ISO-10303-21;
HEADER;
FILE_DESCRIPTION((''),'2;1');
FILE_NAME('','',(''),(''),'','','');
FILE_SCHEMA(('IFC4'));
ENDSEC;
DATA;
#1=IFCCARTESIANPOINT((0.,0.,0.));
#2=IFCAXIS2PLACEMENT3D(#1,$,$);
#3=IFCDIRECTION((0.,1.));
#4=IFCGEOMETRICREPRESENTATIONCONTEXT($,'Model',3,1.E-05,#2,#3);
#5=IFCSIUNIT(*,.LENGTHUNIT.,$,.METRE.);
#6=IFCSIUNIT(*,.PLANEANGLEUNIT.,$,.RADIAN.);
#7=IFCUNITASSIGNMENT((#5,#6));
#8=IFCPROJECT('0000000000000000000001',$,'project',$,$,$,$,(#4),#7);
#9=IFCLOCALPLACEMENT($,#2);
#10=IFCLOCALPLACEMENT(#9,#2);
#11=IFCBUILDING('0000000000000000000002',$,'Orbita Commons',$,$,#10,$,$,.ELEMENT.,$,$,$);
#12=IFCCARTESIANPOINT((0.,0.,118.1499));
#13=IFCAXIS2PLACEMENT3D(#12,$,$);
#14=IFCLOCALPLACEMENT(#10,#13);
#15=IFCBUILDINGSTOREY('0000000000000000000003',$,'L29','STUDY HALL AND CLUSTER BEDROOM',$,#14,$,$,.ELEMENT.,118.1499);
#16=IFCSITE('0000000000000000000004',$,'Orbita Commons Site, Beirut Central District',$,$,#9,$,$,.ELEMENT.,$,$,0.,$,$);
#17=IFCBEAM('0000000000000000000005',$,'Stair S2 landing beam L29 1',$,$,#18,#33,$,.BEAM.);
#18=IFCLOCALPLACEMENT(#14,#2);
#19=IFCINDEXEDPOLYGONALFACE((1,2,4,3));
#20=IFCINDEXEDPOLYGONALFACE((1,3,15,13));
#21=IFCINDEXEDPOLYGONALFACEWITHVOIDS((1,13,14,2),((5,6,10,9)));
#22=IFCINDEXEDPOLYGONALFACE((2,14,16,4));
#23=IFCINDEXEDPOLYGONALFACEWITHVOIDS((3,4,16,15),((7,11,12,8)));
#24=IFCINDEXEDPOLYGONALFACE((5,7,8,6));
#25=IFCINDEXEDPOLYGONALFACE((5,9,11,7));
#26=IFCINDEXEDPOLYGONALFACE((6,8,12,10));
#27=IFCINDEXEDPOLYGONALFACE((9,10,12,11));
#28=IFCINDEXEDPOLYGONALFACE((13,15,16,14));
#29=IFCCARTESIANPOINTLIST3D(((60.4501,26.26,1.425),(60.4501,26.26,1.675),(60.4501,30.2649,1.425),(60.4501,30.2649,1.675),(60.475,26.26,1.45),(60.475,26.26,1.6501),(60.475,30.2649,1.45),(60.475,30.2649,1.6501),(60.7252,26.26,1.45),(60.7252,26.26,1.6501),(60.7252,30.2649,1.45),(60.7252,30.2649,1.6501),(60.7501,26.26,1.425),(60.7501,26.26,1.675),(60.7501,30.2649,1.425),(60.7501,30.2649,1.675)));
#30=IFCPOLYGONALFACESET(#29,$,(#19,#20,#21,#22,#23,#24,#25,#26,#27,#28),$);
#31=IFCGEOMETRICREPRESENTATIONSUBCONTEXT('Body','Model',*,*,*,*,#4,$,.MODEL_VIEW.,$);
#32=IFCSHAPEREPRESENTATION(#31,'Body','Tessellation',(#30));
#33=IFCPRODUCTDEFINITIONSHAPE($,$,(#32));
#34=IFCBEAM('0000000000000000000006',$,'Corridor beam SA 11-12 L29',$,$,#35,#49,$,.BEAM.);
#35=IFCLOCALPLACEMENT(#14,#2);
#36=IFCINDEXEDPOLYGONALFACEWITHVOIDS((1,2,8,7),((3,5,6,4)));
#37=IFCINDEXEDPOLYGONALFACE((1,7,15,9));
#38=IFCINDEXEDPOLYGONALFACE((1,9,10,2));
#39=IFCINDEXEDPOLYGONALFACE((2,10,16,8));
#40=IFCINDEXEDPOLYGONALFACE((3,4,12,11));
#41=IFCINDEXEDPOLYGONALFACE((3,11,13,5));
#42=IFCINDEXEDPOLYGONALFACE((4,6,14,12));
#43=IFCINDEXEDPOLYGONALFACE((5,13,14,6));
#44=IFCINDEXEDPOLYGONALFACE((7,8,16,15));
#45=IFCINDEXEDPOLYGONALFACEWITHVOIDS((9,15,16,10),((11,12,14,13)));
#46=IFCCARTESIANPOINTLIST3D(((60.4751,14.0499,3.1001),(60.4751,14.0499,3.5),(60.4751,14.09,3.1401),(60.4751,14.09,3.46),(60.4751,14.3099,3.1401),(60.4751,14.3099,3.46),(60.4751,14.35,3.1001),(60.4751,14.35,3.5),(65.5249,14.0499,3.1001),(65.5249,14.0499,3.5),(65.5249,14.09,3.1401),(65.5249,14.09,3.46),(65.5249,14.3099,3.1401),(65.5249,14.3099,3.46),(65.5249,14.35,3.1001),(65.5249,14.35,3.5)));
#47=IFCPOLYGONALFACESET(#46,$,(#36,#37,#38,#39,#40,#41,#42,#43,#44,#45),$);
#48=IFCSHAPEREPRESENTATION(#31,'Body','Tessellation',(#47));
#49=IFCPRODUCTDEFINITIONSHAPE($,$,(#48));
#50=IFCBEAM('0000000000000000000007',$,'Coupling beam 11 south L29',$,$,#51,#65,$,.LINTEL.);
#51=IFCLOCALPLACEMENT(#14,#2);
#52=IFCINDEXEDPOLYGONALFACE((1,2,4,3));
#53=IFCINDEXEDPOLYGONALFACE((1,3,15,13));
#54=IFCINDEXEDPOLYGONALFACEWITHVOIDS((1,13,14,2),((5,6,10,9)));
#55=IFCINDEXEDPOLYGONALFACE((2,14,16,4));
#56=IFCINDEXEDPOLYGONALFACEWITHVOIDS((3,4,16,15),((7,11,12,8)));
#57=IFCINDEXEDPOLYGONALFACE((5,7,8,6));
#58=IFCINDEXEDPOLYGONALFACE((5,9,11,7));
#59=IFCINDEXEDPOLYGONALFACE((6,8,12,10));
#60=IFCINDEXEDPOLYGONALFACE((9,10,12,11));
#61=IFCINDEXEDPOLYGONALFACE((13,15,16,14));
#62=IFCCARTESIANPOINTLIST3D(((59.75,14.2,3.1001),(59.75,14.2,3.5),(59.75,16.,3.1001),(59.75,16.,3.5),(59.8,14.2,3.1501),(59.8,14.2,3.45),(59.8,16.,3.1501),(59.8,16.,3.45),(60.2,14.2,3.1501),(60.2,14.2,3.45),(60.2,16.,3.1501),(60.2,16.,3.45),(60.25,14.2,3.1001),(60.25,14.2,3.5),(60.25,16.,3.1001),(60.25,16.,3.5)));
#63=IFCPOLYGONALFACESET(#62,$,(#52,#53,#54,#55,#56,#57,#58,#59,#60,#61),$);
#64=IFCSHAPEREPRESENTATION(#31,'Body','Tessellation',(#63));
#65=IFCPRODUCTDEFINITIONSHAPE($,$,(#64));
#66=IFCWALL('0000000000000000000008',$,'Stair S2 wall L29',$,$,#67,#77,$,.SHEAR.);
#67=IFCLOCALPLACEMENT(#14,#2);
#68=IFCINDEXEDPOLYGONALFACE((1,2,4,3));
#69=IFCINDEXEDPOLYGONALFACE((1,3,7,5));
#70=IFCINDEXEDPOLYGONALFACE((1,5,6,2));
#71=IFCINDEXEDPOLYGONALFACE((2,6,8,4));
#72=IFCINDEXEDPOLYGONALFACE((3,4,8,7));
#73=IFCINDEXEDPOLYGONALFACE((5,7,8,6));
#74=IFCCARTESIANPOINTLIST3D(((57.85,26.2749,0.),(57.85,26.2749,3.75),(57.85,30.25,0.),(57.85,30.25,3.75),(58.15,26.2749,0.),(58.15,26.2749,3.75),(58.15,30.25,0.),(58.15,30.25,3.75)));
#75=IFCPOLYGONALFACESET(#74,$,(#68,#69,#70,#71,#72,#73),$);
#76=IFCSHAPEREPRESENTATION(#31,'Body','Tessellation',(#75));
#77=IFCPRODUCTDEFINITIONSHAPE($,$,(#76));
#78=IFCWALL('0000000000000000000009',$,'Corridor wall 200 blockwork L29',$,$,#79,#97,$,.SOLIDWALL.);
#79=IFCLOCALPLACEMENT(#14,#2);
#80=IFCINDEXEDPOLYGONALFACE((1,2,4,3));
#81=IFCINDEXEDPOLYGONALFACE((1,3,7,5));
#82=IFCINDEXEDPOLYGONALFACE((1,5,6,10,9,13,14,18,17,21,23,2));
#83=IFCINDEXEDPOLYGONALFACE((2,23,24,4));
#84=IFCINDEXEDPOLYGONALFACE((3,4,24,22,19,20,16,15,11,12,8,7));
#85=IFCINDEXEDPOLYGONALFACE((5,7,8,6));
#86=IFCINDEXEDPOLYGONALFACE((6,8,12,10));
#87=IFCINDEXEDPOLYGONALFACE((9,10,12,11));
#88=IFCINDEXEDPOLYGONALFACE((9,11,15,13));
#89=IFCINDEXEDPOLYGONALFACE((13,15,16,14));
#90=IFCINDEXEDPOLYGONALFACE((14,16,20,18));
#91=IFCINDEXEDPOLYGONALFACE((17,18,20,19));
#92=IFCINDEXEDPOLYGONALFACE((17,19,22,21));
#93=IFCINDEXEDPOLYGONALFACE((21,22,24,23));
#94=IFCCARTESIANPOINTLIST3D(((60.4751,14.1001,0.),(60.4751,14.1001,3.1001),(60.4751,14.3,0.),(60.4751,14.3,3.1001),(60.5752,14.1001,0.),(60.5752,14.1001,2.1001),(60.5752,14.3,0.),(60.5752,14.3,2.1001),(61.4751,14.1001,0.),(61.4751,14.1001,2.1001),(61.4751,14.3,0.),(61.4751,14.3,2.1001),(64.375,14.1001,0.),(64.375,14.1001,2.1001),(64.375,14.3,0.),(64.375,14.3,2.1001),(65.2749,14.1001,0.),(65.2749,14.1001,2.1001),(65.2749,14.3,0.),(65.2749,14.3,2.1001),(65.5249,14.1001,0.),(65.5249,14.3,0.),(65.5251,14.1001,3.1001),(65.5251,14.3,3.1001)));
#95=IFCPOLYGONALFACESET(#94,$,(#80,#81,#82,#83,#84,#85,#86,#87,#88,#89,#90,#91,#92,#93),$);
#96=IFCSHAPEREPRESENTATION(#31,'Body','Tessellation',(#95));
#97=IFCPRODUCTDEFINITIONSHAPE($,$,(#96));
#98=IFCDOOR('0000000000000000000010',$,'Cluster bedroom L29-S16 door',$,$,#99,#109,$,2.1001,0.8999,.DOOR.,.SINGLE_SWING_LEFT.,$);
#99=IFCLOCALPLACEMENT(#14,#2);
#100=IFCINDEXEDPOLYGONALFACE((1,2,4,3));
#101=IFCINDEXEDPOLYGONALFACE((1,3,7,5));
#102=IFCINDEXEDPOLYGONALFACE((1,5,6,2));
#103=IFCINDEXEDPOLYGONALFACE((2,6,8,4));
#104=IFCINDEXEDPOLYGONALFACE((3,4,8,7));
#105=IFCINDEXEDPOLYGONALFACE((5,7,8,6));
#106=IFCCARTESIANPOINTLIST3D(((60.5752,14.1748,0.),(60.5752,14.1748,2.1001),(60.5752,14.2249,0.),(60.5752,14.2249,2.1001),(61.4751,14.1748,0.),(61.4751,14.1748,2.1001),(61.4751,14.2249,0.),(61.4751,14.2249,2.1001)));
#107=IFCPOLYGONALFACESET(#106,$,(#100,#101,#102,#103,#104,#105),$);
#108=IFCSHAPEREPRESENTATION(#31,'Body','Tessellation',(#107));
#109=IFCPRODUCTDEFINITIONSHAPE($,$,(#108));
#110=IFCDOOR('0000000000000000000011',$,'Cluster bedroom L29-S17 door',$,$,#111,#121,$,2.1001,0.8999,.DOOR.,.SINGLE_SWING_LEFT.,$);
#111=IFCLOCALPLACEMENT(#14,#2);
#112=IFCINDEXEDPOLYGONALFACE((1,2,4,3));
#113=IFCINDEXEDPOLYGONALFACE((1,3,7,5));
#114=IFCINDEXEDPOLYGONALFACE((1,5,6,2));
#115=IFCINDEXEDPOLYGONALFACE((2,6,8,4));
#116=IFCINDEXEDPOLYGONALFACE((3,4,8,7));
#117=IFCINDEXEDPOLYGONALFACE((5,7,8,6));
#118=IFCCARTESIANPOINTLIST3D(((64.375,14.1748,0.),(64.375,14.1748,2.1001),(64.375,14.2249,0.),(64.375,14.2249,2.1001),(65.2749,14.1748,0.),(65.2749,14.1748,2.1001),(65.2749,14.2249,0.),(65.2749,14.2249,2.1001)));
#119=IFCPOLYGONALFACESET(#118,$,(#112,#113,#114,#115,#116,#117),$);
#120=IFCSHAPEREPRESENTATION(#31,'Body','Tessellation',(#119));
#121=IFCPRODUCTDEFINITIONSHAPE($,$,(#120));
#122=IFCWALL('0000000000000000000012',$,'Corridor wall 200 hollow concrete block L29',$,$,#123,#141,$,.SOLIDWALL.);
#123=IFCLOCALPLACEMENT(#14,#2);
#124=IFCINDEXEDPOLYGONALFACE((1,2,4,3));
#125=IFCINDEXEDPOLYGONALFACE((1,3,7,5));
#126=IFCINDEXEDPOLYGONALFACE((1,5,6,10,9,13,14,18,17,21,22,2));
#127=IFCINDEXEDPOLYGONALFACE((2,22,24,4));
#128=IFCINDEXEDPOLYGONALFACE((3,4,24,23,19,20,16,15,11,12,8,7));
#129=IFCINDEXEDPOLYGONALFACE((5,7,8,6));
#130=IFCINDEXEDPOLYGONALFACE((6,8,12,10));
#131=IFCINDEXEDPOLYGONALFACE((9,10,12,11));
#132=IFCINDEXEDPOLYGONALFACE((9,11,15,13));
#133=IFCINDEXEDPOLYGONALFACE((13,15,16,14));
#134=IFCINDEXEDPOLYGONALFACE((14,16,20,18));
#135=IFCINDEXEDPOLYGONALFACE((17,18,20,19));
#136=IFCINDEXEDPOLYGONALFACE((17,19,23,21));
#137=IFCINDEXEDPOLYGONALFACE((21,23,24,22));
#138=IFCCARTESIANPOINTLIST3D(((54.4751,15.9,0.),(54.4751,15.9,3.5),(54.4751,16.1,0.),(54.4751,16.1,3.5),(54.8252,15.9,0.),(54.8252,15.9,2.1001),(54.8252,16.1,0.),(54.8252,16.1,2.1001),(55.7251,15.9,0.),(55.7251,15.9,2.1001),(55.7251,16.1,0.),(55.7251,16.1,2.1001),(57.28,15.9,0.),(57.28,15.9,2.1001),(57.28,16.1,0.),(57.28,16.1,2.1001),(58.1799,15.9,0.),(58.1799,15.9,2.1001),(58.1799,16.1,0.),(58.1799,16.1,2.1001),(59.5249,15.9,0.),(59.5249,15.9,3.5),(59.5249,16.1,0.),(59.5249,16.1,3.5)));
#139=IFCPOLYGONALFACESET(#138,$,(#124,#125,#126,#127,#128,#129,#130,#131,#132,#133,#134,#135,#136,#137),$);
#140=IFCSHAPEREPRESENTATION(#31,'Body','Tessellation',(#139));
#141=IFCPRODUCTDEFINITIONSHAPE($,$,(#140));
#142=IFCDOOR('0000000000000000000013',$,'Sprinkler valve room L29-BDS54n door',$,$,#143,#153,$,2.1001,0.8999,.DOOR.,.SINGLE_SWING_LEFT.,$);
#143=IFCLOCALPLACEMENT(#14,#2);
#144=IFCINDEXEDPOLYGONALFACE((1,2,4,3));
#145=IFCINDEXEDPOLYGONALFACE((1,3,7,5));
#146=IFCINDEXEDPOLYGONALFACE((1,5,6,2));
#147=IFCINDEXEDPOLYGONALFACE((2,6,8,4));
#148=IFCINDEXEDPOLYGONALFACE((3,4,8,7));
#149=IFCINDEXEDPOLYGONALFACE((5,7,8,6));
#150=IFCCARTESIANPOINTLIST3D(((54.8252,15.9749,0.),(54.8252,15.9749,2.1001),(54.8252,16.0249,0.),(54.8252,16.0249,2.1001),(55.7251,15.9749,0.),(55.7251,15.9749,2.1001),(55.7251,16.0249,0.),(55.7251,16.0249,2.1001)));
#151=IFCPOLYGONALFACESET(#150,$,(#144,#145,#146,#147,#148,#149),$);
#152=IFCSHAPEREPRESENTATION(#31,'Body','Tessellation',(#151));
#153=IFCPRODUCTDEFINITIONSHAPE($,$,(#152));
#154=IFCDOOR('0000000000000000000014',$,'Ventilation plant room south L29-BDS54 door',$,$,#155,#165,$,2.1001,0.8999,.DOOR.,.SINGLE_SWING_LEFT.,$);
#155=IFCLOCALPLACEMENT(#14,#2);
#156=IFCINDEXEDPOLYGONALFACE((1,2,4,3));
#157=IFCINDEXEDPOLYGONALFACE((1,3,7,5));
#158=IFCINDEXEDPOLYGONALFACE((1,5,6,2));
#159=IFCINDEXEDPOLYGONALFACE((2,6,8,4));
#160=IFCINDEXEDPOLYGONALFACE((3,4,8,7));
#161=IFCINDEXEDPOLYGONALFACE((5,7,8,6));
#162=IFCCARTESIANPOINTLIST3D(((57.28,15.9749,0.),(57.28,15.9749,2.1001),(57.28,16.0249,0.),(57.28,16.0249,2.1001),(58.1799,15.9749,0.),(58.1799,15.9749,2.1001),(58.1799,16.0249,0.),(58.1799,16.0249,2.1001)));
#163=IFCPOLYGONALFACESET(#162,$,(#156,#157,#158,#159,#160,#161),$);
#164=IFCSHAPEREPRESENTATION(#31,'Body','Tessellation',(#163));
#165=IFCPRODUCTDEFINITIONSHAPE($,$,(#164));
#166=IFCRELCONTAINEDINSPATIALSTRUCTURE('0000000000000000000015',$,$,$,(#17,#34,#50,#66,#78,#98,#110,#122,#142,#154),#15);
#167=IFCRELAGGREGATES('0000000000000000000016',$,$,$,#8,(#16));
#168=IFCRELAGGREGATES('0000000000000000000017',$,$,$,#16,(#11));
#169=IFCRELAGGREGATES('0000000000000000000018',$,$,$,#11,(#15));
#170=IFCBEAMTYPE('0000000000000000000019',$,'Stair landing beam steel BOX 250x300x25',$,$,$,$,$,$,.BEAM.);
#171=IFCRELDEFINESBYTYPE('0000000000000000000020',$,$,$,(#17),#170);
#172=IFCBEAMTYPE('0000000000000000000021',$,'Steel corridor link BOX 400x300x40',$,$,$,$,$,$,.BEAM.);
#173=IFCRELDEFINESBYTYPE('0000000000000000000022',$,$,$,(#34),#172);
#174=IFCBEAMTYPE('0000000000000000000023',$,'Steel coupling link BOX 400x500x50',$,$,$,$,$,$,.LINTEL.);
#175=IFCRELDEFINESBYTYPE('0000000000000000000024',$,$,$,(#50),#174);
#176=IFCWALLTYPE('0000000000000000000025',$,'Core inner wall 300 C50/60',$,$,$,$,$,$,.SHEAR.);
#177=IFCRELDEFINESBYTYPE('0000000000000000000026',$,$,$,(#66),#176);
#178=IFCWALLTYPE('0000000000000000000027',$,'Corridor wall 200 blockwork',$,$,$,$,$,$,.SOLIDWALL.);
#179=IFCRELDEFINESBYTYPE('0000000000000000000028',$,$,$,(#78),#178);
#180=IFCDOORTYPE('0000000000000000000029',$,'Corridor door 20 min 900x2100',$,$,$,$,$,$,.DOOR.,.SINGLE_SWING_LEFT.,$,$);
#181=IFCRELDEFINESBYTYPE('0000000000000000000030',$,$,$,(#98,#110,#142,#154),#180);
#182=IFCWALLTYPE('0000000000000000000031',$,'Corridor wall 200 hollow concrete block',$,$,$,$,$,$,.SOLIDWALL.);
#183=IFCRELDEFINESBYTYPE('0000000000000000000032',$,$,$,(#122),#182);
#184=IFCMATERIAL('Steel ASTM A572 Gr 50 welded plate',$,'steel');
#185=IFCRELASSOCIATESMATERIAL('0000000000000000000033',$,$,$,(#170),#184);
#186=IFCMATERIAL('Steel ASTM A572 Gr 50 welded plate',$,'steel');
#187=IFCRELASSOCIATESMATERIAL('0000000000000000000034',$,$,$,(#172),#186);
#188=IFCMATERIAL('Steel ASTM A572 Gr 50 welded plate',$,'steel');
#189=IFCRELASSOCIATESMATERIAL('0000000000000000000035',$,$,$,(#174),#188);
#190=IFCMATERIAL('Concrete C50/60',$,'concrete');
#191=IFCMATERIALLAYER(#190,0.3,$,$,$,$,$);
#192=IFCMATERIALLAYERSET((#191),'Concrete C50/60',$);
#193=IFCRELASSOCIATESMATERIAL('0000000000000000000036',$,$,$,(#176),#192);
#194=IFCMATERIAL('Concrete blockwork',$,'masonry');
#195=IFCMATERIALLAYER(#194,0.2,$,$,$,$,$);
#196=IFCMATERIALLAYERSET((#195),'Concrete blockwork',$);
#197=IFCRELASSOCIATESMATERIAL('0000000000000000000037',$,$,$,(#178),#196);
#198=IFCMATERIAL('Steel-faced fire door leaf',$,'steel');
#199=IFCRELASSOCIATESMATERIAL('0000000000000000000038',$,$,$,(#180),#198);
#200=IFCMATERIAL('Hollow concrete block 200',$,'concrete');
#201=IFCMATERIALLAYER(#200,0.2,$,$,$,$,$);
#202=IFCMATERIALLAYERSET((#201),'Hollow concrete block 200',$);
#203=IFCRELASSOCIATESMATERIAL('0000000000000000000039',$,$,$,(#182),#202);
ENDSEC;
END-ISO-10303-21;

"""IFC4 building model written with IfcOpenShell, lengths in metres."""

from ifc_helpers import new_model, si_unit, direction, frame, frame_2d, origin, origin_2d, place, context, subcontext, project, spatial, polyline, rectangle, hollow_rectangle, outline, extrude, material, layer, layer_set, material_profile, profile_set, type_object, element, fill, save


model = new_model("IFC4")

# Units and contexts
model_context = context("Model", 3, precision=1e-05, world=origin(), true_north=direction((0.0, 1.0)))
body_context = subcontext(model_context, "Body", "Model", "MODEL_VIEW")
ifc_project = project(units=[si_unit("LENGTHUNIT", "METRE"), si_unit("PLANEANGLEUNIT", "RADIAN")], contexts=[model_context])

# Site, building, storey
site_placement = place(None, origin())
site = spatial("IfcSite", under=ifc_project, at=site_placement, Name="Orbita Commons Site, Beirut Central District", CompositionType="ELEMENT", RefElevation=0.0)
building_placement = place(site_placement, origin())
building = spatial("IfcBuilding", under=site, at=building_placement, Name="Orbita Commons", CompositionType="ELEMENT")
storey_placement = place(building_placement, frame((0.0, 0.0, 118.1499)))
storey = spatial("IfcBuildingStorey", under=building, at=storey_placement, Name="L29", Description="STUDY HALL AND CLUSTER BEDROOM", CompositionType="ELEMENT", Elevation=118.1499)

# Beams
ifc_material_1 = material(Name="Steel ASTM A572 Gr 50 welded plate", Category="steel")
ifc_material_profile_1 = material_profile(ifc_material_1, hollow_rectangle(XDim=0.3, YDim=0.25, WallThickness=0.0249, at=origin_2d()), Name="BOX 250x300x25")
ifc_profile_set_1 = profile_set([ifc_material_profile_1], Name="Steel ASTM A572 Gr 50 welded plate")
beam_type_1 = type_object("IfcBeamType", Name="Stair landing beam steel BOX 250x300x25", PredefinedType="BEAM", material=ifc_profile_set_1)
beam_1_placement = place(storey_placement, frame((60.6001, 26.26, 1.55), z_axis=(0.0, 1.0, 0.0), x_axis=(-1.0, 0.0, 0.0)))
element("IfcBeam", 1, at=beam_1_placement, inside=storey, type_object=beam_type_1, Name="Stair S2 landing beam L29 1", PredefinedType="BEAM", context=body_context, shape_type="SweptSolid", body=[
    extrude(hollow_rectangle(XDim=0.3, YDim=0.25, WallThickness=0.0249, at=origin_2d()), origin(), (0.0, 0.0, 1.0), 4.0049),
])
ifc_material_2 = material(Name="Steel ASTM A572 Gr 50 welded plate", Category="steel")
ifc_material_profile_2 = material_profile(ifc_material_2, hollow_rectangle(XDim=0.3, YDim=0.3999, WallThickness=0.04, at=origin_2d()), Name="BOX 400x300x40")
ifc_profile_set_2 = profile_set([ifc_material_profile_2], Name="Steel ASTM A572 Gr 50 welded plate")
beam_type_2 = type_object("IfcBeamType", Name="Steel corridor link BOX 400x300x40", PredefinedType="BEAM", material=ifc_profile_set_2)
beam_2_placement = place(storey_placement, frame((60.4751, 14.2, 3.3), z_axis=(1.0, 0.0, 0.0), x_axis=(0.0, 1.0, 0.0)))
element("IfcBeam", 2, at=beam_2_placement, inside=storey, type_object=beam_type_2, Name="Corridor beam SA 11-12 L29", PredefinedType="BEAM", context=body_context, shape_type="SweptSolid", body=[
    extrude(hollow_rectangle(XDim=0.3, YDim=0.3999, WallThickness=0.04, at=origin_2d()), origin(), (0.0, 0.0, 1.0), 5.0498),
])
ifc_material_3 = material(Name="Steel ASTM A572 Gr 50 welded plate", Category="steel")
ifc_material_profile_3 = material_profile(ifc_material_3, hollow_rectangle(XDim=0.5, YDim=0.3999, WallThickness=0.05, at=origin_2d()), Name="BOX 400x500x50")
ifc_profile_set_3 = profile_set([ifc_material_profile_3], Name="Steel ASTM A572 Gr 50 welded plate")
beam_type_3 = type_object("IfcBeamType", Name="Steel coupling link BOX 400x500x50", PredefinedType="LINTEL", material=ifc_profile_set_3)
beam_3_placement = place(storey_placement, frame((60.0, 14.2, 3.3), z_axis=(0.0, 1.0, 0.0), x_axis=(-1.0, 0.0, 0.0)))
element("IfcBeam", 3, at=beam_3_placement, inside=storey, type_object=beam_type_3, Name="Coupling beam 11 south L29", PredefinedType="LINTEL", context=body_context, shape_type="SweptSolid", body=[
    extrude(hollow_rectangle(XDim=0.5, YDim=0.3999, WallThickness=0.05, at=origin_2d()), origin(), (0.0, 0.0, 1.0), 1.8),
])

# Wall
ifc_material_4 = material(Name="Concrete C50/60", Category="concrete")
ifc_layer_1 = layer(ifc_material_4, 0.3)
ifc_layer_set_1 = layer_set([ifc_layer_1], Name="Concrete C50/60")
wall_type_1 = type_object("IfcWallType", Name="Core inner wall 300 C50/60", PredefinedType="SHEAR", material=ifc_layer_set_1)
wall_1_placement = place(storey_placement, frame((58.0, 26.2749, 0.0), z_axis=(0.0, 0.0, 1.0), x_axis=(0.0, 1.0, 0.0)))
element("IfcWall", 4, at=wall_1_placement, inside=storey, type_object=wall_type_1, Name="Stair S2 wall L29", PredefinedType="SHEAR", context=body_context, shape_type="SweptSolid", body=[
    extrude(rectangle(XDim=3.9751, YDim=0.3, at=frame_2d((1.9875, 0.0))), origin(), (0.0, 0.0, 1.0), 3.75),
])

# Walls, openings, doors
ifc_material_5 = material(Name="Concrete blockwork", Category="masonry")
ifc_layer_2 = layer(ifc_material_5, 0.2)
ifc_layer_set_2 = layer_set([ifc_layer_2], Name="Concrete blockwork")
wall_type_2 = type_object("IfcWallType", Name="Corridor wall 200 blockwork", PredefinedType="SOLIDWALL", material=ifc_layer_set_2)
wall_2_placement = place(storey_placement, frame((60.4751, 14.2, 0.0), z_axis=(0.0, 0.0, 1.0), x_axis=(1.0, 0.0, 0.0)))
wall_2 = element("IfcWall", 5, at=wall_2_placement, inside=storey, type_object=wall_type_2, Name="Corridor wall 200 blockwork L29", PredefinedType="SOLIDWALL", context=body_context, shape_type="SweptSolid", body=[
    extrude(outline(polyline([(0.0, 0.0), (5.0498, 0.0), (5.05, 3.1001), (0.0, 3.1001), (0.0, 0.0)])), frame((0.0, 0.1001, 0.0), z_axis=(0.0, -1.0, 0.0), x_axis=(1.0, 0.0, 0.0)), (0.0, 0.0, 1.0), 0.2),
])
opening_1_placement = place(wall_2_placement, frame((0.1001, 0.0, 0.0)))
opening_1 = element("IfcOpeningElement", 6, at=opening_1_placement, cuts=wall_2, PredefinedType="OPENING", context=body_context, shape_type="SweptSolid", body=[
    extrude(rectangle(XDim=0.8999, YDim=2.1001, at=frame_2d((0.45, 1.05))), frame((0.0, 0.1099, 0.0), z_axis=(0.0, -1.0, 0.0), x_axis=(1.0, 0.0, 0.0)), (0.0, 0.0, 1.0), 0.22),
])
opening_2_placement = place(wall_2_placement, frame((3.8999, 0.0, 0.0)))
opening_2 = element("IfcOpeningElement", 7, at=opening_2_placement, cuts=wall_2, PredefinedType="OPENING", context=body_context, shape_type="SweptSolid", body=[
    extrude(rectangle(XDim=0.8999, YDim=2.1001, at=frame_2d((0.45, 1.05))), frame((0.0, 0.1099, 0.0), z_axis=(0.0, -1.0, 0.0), x_axis=(1.0, 0.0, 0.0)), (0.0, 0.0, 1.0), 0.22),
])
ifc_material_6 = material(Name="Steel-faced fire door leaf", Category="steel")
door_type = type_object("IfcDoorType", Name="Corridor door 20 min 900x2100", OperationType="SINGLE_SWING_LEFT", PredefinedType="DOOR", material=ifc_material_6)
door_1_placement = place(opening_1_placement, origin())
door_1 = element("IfcDoor", 8, at=door_1_placement, inside=storey, type_object=door_type, Name="Cluster bedroom L29-S16 door", OperationType="SINGLE_SWING_LEFT", OverallHeight=2.1001, OverallWidth=0.8999, PredefinedType="DOOR", context=body_context, shape_type="SweptSolid", body=[
    extrude(rectangle(XDim=0.8999, YDim=2.1001, at=frame_2d((0.45, 1.05))), frame((0.0, 0.0249, 0.0), z_axis=(0.0, -1.0, 0.0), x_axis=(1.0, 0.0, 0.0)), (0.0, 0.0, 1.0), 0.05),
])
fill(opening_1, door_1)
door_2_placement = place(opening_2_placement, origin())
door_2 = element("IfcDoor", 9, at=door_2_placement, inside=storey, type_object=door_type, Name="Cluster bedroom L29-S17 door", OperationType="SINGLE_SWING_LEFT", OverallHeight=2.1001, OverallWidth=0.8999, PredefinedType="DOOR", context=body_context, shape_type="SweptSolid", body=[
    extrude(rectangle(XDim=0.8999, YDim=2.1001, at=frame_2d((0.45, 1.05))), frame((0.0, 0.0249, 0.0), z_axis=(0.0, -1.0, 0.0), x_axis=(1.0, 0.0, 0.0)), (0.0, 0.0, 1.0), 0.05),
])
fill(opening_2, door_2)
ifc_material_7 = material(Name="Hollow concrete block 200", Category="concrete")
ifc_layer_3 = layer(ifc_material_7, 0.2)
ifc_layer_set_3 = layer_set([ifc_layer_3], Name="Hollow concrete block 200")
wall_type_3 = type_object("IfcWallType", Name="Corridor wall 200 hollow concrete block", PredefinedType="SOLIDWALL", material=ifc_layer_set_3)
wall_3_placement = place(storey_placement, frame((54.4751, 16.0, 0.0), z_axis=(0.0, 0.0, 1.0), x_axis=(1.0, 0.0, 0.0)))
wall_3 = element("IfcWall", 10, at=wall_3_placement, inside=storey, type_object=wall_type_3, Name="Corridor wall 200 hollow concrete block L29", PredefinedType="SOLIDWALL", context=body_context, shape_type="SweptSolid", body=[
    extrude(rectangle(XDim=5.0498, YDim=0.2, at=frame_2d((2.5249, 0.0))), origin(), (0.0, 0.0, 1.0), 3.5),
])
opening_3_placement = place(wall_3_placement, frame((0.3501, 0.0, 0.0)))
opening_3 = element("IfcOpeningElement", 11, at=opening_3_placement, cuts=wall_3, PredefinedType="OPENING", context=body_context, shape_type="SweptSolid", body=[
    extrude(rectangle(XDim=0.8999, YDim=2.1001, at=frame_2d((0.45, 1.05))), frame((0.0, 0.1099, 0.0), z_axis=(0.0, -1.0, 0.0), x_axis=(1.0, 0.0, 0.0)), (0.0, 0.0, 1.0), 0.22),
])
opening_4_placement = place(wall_3_placement, frame((2.8049, 0.0, 0.0)))
opening_4 = element("IfcOpeningElement", 12, at=opening_4_placement, cuts=wall_3, PredefinedType="OPENING", context=body_context, shape_type="SweptSolid", body=[
    extrude(rectangle(XDim=0.8999, YDim=2.1001, at=frame_2d((0.45, 1.05))), frame((0.0, 0.1099, 0.0), z_axis=(0.0, -1.0, 0.0), x_axis=(1.0, 0.0, 0.0)), (0.0, 0.0, 1.0), 0.22),
])
door_3_placement = place(opening_3_placement, origin())
door_3 = element("IfcDoor", 13, at=door_3_placement, inside=storey, type_object=door_type, Name="Sprinkler valve room L29-BDS54n door", OperationType="SINGLE_SWING_LEFT", OverallHeight=2.1001, OverallWidth=0.8999, PredefinedType="DOOR", context=body_context, shape_type="SweptSolid", body=[
    extrude(rectangle(XDim=0.8999, YDim=2.1001, at=frame_2d((0.45, 1.05))), frame((0.0, 0.0249, 0.0), z_axis=(0.0, -1.0, 0.0), x_axis=(1.0, 0.0, 0.0)), (0.0, 0.0, 1.0), 0.05),
])
fill(opening_3, door_3)
door_4_placement = place(opening_4_placement, origin())
door_4 = element("IfcDoor", 14, at=door_4_placement, inside=storey, type_object=door_type, Name="Ventilation plant room south L29-BDS54 door", OperationType="SINGLE_SWING_LEFT", OverallHeight=2.1001, OverallWidth=0.8999, PredefinedType="DOOR", context=body_context, shape_type="SweptSolid", body=[
    extrude(rectangle(XDim=0.8999, YDim=2.1001, at=frame_2d((0.45, 1.05))), frame((0.0, 0.0249, 0.0), z_axis=(0.0, -1.0, 0.0), x_axis=(1.0, 0.0, 0.0)), (0.0, 0.0, 1.0), 0.05),
])
fill(opening_4, door_4)

save(model, "model.ifc")
